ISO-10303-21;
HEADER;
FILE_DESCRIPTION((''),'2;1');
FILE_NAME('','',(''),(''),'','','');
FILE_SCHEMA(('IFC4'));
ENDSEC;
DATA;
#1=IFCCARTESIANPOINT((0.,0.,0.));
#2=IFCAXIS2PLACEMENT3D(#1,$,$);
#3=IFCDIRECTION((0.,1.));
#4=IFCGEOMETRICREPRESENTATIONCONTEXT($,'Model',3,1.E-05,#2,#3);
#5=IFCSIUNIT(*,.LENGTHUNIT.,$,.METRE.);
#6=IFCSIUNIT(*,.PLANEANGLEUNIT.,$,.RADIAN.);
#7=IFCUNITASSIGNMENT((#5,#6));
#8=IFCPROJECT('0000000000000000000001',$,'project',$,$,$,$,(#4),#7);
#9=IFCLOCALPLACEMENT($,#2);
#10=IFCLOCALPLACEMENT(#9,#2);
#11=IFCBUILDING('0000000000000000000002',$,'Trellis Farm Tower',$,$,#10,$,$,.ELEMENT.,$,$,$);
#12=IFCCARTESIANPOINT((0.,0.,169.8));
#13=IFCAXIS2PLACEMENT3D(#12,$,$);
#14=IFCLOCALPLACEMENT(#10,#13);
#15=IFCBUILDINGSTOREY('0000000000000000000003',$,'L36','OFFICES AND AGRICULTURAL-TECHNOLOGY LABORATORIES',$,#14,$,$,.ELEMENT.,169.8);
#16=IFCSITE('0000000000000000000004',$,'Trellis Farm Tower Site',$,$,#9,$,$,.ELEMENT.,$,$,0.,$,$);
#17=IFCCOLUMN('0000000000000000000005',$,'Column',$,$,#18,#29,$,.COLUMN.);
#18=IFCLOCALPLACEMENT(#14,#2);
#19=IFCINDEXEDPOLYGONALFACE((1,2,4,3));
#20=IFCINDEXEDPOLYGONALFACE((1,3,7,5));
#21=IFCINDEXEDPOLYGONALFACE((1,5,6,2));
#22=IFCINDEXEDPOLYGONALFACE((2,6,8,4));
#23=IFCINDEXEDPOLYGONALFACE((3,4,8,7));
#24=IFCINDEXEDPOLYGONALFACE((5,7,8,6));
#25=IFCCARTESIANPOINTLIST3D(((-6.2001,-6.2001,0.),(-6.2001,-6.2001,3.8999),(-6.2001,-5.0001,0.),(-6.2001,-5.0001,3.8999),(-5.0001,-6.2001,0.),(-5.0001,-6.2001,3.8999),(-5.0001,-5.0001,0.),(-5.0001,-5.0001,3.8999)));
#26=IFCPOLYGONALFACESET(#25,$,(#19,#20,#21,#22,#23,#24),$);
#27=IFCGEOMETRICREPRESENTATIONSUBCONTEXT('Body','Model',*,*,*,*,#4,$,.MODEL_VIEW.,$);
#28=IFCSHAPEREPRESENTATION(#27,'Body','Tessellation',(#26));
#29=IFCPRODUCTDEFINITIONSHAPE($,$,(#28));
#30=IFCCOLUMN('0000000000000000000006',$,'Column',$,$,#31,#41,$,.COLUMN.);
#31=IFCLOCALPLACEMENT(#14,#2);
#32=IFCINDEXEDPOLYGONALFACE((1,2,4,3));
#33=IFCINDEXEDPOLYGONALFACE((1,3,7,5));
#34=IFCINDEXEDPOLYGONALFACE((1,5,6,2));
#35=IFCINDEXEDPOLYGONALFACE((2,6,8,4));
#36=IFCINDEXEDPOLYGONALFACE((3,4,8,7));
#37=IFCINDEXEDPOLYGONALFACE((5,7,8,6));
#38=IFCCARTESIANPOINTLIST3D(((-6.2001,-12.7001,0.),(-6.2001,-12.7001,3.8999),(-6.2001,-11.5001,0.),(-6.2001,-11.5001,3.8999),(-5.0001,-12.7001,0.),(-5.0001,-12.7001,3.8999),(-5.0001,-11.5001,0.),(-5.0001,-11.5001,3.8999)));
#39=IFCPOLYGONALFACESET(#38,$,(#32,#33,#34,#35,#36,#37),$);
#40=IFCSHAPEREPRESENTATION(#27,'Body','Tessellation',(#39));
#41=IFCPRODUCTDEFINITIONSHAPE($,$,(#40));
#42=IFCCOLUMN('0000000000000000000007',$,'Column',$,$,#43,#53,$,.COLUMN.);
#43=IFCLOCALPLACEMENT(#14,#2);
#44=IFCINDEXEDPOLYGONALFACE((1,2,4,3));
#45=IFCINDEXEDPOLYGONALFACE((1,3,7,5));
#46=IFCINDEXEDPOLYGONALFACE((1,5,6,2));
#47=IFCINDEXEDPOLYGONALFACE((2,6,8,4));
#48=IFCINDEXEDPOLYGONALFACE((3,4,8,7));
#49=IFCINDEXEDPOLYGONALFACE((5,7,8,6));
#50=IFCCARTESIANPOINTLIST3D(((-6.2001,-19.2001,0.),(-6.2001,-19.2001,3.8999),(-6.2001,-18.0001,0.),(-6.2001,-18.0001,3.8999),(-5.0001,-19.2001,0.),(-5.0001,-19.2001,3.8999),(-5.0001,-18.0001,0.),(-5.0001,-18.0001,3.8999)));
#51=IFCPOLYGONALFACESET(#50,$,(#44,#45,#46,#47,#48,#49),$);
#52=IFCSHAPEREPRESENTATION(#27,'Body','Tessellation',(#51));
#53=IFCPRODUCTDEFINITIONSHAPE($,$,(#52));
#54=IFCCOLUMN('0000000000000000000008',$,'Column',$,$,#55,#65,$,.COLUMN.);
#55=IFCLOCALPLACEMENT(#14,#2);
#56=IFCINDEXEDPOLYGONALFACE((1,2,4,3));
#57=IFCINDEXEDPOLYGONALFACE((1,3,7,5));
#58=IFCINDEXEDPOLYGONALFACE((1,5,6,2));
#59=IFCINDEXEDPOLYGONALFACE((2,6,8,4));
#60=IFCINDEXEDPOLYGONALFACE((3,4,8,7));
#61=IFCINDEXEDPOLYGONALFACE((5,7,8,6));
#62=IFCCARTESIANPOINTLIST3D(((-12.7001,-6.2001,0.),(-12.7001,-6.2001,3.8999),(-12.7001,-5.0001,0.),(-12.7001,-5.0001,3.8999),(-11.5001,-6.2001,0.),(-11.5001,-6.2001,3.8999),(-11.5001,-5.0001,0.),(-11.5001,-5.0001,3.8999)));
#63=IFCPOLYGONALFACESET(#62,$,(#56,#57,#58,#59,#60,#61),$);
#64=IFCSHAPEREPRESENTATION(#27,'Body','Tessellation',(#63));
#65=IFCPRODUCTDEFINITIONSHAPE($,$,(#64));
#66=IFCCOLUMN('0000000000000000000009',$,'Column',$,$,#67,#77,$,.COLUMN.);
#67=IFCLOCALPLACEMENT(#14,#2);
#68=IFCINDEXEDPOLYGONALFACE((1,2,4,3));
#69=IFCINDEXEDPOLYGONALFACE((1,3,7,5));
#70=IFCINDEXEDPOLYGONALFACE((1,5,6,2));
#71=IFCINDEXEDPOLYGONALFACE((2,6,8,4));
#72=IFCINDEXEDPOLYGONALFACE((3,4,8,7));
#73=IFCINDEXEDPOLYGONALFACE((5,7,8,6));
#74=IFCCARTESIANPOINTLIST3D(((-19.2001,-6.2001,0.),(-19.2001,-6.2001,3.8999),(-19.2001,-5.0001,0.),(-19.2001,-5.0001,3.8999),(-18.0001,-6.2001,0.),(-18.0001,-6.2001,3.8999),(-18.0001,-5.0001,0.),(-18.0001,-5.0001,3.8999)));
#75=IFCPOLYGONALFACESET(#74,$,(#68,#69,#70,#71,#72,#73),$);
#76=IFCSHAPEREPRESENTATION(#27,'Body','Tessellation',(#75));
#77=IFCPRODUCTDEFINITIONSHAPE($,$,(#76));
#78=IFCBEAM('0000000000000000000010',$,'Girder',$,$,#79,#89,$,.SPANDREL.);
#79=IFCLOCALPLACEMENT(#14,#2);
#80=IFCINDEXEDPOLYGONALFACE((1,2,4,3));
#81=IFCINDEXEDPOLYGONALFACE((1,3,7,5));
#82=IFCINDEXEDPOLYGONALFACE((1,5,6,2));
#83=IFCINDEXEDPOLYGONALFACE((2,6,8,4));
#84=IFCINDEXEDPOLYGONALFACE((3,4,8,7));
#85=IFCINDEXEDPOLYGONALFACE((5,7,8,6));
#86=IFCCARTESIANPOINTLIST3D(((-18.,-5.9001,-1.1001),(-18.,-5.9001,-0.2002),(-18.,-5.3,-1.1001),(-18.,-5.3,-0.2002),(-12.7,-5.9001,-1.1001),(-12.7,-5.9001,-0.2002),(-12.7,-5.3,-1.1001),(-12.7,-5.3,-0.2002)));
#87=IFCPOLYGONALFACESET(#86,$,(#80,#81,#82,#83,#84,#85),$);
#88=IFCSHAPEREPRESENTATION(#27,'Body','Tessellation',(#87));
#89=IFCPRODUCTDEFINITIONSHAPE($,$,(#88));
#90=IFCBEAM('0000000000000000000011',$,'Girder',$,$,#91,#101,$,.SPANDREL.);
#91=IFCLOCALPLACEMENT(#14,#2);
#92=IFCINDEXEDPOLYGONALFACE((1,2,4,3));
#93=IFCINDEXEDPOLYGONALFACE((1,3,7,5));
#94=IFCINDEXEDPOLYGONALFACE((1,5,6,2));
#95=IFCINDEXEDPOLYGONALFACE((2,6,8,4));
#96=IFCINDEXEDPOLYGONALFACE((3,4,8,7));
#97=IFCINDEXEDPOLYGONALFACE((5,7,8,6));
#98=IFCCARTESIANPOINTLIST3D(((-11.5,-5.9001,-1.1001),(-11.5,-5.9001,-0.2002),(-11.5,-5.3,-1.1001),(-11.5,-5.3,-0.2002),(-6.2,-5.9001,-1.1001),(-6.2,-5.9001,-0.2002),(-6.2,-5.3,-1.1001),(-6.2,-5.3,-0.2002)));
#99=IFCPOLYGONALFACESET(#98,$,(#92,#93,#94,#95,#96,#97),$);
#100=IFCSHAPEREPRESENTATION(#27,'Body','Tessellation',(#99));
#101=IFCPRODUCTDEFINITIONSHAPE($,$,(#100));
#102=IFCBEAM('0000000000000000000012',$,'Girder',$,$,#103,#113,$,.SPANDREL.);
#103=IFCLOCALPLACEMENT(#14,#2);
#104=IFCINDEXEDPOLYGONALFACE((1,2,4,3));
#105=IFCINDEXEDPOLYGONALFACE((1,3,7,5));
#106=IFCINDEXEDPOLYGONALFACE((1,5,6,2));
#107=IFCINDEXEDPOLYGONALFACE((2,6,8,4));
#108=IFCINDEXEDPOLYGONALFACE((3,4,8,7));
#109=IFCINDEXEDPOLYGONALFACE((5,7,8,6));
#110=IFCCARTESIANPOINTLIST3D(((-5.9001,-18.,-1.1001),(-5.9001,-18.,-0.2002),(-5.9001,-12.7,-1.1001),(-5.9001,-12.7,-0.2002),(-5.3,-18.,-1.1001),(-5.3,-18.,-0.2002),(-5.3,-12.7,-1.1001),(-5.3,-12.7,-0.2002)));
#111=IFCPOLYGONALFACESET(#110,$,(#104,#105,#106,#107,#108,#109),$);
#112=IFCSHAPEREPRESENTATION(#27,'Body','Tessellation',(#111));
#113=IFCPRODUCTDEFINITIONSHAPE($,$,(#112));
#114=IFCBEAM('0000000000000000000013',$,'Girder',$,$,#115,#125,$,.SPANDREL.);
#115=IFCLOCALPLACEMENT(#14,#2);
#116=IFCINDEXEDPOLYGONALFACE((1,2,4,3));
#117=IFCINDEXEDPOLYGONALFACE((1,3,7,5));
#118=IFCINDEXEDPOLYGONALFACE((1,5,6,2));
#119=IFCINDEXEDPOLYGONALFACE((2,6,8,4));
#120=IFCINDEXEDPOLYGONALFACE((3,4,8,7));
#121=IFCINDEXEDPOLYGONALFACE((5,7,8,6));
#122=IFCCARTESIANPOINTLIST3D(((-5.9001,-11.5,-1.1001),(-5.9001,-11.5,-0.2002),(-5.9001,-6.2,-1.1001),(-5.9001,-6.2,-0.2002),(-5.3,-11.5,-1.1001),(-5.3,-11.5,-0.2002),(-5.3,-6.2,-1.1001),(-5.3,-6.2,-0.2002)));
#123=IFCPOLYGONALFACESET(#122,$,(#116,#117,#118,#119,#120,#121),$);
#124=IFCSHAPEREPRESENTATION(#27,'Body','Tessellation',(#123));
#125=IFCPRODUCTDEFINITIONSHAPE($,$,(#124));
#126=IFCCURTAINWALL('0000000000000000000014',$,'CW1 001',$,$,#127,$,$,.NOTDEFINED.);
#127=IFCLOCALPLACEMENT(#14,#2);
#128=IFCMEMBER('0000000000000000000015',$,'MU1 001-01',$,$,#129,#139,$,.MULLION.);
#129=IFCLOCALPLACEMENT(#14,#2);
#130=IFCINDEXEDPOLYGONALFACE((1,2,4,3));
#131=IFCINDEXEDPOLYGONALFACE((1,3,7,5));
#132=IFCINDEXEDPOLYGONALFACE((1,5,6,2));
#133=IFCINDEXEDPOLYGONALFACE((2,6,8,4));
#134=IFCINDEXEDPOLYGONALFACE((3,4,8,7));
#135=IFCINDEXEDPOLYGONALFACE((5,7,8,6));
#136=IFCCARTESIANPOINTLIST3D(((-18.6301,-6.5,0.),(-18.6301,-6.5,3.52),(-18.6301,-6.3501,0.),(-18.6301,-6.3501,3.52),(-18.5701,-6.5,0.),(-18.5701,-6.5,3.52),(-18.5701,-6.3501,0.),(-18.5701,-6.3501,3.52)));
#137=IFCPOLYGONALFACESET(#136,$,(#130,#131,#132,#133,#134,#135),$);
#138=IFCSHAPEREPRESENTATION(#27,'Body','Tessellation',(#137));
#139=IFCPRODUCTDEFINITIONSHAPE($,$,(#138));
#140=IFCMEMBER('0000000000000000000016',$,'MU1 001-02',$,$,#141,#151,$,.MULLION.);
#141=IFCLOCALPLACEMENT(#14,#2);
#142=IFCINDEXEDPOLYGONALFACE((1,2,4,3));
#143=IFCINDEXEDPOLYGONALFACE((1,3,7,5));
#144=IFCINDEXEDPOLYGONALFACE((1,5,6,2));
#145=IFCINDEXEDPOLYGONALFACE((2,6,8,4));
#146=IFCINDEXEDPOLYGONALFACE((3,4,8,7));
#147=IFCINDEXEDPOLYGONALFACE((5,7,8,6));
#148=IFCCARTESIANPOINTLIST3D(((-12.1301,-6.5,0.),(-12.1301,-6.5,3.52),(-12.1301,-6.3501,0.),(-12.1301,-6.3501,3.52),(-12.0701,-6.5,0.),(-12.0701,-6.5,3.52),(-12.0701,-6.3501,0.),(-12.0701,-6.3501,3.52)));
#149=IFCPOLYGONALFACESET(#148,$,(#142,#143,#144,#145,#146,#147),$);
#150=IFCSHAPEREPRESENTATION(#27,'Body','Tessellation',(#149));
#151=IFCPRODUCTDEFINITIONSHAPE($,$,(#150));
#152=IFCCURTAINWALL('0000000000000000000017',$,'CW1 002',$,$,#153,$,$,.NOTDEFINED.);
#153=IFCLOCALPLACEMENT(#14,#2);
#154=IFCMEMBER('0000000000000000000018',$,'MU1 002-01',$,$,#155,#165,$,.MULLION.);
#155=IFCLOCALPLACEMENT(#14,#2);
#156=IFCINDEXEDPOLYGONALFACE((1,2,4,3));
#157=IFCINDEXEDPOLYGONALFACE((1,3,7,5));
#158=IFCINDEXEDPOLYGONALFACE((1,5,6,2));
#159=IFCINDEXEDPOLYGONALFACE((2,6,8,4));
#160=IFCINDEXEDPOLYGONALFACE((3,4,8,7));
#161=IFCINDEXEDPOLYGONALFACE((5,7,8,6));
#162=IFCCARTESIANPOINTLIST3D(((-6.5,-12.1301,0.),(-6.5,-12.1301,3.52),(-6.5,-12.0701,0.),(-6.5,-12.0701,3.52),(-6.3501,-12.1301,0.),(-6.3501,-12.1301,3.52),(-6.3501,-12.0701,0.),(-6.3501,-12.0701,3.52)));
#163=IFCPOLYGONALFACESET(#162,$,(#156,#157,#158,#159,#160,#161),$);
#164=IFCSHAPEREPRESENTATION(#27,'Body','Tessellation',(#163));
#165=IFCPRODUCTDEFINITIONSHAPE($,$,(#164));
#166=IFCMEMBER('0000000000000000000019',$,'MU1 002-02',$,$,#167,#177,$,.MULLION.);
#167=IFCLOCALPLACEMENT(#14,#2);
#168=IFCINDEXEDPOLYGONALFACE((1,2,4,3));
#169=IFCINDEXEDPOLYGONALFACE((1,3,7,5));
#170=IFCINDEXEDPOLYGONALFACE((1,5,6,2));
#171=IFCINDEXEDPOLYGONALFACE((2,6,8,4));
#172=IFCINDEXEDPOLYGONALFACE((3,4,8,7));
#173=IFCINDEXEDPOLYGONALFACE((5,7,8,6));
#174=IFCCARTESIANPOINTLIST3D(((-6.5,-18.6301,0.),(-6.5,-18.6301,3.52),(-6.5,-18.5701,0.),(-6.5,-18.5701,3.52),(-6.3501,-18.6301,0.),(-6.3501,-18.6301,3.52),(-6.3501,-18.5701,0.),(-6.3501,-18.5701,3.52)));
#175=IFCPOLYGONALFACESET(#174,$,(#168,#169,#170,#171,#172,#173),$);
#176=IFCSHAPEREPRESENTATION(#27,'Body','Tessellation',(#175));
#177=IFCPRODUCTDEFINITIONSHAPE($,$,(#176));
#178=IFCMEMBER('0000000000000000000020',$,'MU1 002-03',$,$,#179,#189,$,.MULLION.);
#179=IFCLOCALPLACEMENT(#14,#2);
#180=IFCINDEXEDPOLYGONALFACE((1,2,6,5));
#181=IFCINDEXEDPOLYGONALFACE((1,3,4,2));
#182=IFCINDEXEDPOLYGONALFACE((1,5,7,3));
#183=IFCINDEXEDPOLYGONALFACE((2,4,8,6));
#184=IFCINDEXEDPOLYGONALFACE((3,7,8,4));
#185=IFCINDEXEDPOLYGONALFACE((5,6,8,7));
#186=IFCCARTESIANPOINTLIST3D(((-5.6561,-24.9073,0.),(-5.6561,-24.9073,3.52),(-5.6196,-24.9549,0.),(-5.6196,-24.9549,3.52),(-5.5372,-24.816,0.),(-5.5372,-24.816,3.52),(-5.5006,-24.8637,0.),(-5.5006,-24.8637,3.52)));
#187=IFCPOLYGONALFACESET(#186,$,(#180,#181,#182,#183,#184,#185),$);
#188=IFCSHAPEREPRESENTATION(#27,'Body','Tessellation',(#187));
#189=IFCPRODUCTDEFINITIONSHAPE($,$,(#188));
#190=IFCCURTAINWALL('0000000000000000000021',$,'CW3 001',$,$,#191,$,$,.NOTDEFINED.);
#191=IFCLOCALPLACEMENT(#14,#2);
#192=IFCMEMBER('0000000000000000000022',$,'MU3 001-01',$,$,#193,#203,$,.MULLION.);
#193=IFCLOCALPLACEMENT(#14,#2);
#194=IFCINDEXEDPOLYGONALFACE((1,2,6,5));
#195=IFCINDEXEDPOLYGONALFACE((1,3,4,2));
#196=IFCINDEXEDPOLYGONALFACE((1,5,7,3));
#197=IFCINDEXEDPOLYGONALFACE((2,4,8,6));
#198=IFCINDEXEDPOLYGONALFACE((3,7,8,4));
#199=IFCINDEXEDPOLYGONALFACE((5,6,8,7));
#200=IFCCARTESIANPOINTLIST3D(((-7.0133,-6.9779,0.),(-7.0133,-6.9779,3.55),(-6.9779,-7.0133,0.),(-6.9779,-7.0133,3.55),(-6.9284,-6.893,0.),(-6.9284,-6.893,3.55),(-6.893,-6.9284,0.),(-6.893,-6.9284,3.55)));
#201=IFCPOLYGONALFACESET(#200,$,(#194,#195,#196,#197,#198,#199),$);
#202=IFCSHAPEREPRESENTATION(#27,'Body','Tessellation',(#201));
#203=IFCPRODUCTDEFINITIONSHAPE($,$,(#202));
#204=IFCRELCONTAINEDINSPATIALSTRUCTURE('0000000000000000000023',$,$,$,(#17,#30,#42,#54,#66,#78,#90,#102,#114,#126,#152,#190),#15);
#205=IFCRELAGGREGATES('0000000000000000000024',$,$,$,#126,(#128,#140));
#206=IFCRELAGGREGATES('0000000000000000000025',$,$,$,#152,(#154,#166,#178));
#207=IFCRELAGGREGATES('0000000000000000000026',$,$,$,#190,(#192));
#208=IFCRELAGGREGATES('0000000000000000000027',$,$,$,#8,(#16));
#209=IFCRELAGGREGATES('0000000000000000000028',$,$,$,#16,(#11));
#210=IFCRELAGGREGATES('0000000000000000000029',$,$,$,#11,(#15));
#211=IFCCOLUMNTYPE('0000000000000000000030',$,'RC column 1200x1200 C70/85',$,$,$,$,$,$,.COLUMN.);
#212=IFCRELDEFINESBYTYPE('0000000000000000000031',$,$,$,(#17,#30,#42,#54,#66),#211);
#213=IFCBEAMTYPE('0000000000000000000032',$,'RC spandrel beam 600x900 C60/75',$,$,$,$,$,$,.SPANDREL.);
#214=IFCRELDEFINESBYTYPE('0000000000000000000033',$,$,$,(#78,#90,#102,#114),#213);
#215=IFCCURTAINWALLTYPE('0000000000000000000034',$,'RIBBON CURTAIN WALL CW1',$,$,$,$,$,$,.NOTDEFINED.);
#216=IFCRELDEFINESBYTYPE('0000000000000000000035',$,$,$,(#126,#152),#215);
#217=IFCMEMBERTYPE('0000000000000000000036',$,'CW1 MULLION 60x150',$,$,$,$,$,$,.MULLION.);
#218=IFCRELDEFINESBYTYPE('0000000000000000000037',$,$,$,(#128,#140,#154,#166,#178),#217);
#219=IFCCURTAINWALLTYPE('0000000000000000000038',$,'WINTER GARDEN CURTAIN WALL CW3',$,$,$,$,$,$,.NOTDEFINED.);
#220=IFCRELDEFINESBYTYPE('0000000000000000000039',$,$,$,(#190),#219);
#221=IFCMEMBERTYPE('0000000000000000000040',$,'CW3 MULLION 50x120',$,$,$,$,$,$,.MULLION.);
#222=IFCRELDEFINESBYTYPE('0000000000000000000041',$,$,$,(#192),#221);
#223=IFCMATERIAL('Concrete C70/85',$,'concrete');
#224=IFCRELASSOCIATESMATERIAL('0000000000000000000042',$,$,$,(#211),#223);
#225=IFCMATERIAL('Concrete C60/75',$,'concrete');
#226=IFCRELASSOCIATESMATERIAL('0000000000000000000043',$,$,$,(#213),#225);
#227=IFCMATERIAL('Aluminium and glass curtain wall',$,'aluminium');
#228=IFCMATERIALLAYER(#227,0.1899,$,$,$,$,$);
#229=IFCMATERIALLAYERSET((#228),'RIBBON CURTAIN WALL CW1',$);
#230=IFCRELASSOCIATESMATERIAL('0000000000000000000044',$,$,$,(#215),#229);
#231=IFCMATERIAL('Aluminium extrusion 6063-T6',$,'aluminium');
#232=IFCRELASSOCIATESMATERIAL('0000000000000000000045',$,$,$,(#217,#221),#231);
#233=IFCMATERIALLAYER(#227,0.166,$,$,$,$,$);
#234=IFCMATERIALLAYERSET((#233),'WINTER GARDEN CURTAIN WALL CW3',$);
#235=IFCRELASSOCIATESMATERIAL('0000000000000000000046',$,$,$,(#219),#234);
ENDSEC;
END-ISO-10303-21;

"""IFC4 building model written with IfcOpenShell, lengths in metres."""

from ifc_helpers import new_model, si_unit, direction, frame, origin, origin_2d, place, context, subcontext, project, spatial, rectangle, extrude, source, transform, mapped, material, layer, layer_set, material_profile, profile_set, type_object, element, aggregate, save


model = new_model("IFC4")

# Units and contexts
model_context = context("Model", 3, precision=1e-05, world=origin(), true_north=direction((0.0, 1.0)))
body_context = subcontext(model_context, "Body", "Model", "MODEL_VIEW")
ifc_project = project(units=[si_unit("LENGTHUNIT", "METRE"), si_unit("PLANEANGLEUNIT", "RADIAN")], contexts=[model_context])

# Site, building, storey
site_placement = place(None, origin())
site = spatial("IfcSite", under=ifc_project, at=site_placement, Name="Trellis Farm Tower Site", CompositionType="ELEMENT", RefElevation=0.0)
building_placement = place(site_placement, origin())
building = spatial("IfcBuilding", under=site, at=building_placement, Name="Trellis Farm Tower", CompositionType="ELEMENT")
storey_placement = place(building_placement, frame((0.0, 0.0, 169.8)))
storey = spatial("IfcBuildingStorey", under=building, at=storey_placement, Name="L36", Description="OFFICES AND AGRICULTURAL-TECHNOLOGY LABORATORIES", CompositionType="ELEMENT", Elevation=169.8)

# Columns
ifc_material_1 = material(Name="Concrete C70/85", Category="concrete")
ifc_material_profile_1 = material_profile(ifc_material_1, rectangle(XDim=1.2, YDim=1.2, at=origin_2d()), Name="RC column 1200x1200 C70/85")
ifc_profile_set_1 = profile_set([ifc_material_profile_1], Name="Concrete C70/85")
column_type = type_object("IfcColumnType", Name="RC column 1200x1200 C70/85", PredefinedType="COLUMN", material=ifc_profile_set_1)
shared_shape_1 = source(origin(), body_context, "Body", "SweptSolid", [
    extrude(rectangle(XDim=1.2, YDim=1.2, at=origin_2d()), origin(), (0.0, 0.0, 1.0), 3.8999),
])
for number, where, z_axis, x_axis, name in (
    (1, (-5.6001, -5.6001, 0.0), (0.0, 0.0, 1.0), (1.0, 0.0, 0.0), "Column"),
    (2, (-5.6001, -12.1001, 0.0), (0.0, 0.0, 1.0), (1.0, 0.0, 0.0), "Column"),
    (3, (-5.6001, -18.6001, 0.0), (0.0, 0.0, 1.0), (1.0, 0.0, 0.0), "Column"),
    (4, (-12.1001, -5.6001, 0.0), (0.0, 0.0, 1.0), (1.0, 0.0, 0.0), "Column"),
    (5, (-18.6001, -5.6001, 0.0), (0.0, 0.0, 1.0), (1.0, 0.0, 0.0), "Column"),
):
    element("IfcColumn", number, at=place(storey_placement, frame(where, z_axis=z_axis, x_axis=x_axis)), inside=storey, type_object=column_type, Name=name, PredefinedType="COLUMN", context=body_context, shape_type="MappedRepresentation", body=[
        mapped(shared_shape_1, transform((0.0, 0.0, 0.0))),
    ])

# Beams
ifc_material_2 = material(Name="Concrete C60/75", Category="concrete")
ifc_material_profile_2 = material_profile(ifc_material_2, rectangle(XDim=0.6001, YDim=0.8999, at=origin_2d()), Name="RC spandrel beam 600x900 C60/75")
ifc_profile_set_2 = profile_set([ifc_material_profile_2], Name="Concrete C60/75")
beam_type = type_object("IfcBeamType", Name="RC spandrel beam 600x900 C60/75", PredefinedType="SPANDREL", material=ifc_profile_set_2)
shared_shape_2 = source(origin(), body_context, "Body", "SweptSolid", [
    extrude(rectangle(XDim=0.6001, YDim=0.8999, at=origin_2d()), origin(), (0.0, 0.0, 1.0), 5.3),
])
for number, where, z_axis, x_axis, name in (
    (6, (-18.0, -5.6001, -0.6501), (1.0, 0.0, 0.0), (0.0, 1.0, 0.0), "Girder"),
    (7, (-11.5, -5.6001, -0.6501), (1.0, 0.0, 0.0), (0.0, 1.0, 0.0), "Girder"),
    (8, (-5.6001, -18.0, -0.6501), (0.0, 1.0, 0.0), (-1.0, 0.0, 0.0), "Girder"),
    (9, (-5.6001, -11.5, -0.6501), (0.0, 1.0, 0.0), (-1.0, 0.0, 0.0), "Girder"),
):
    element("IfcBeam", number, at=place(storey_placement, frame(where, z_axis=z_axis, x_axis=x_axis)), inside=storey, type_object=beam_type, Name=name, PredefinedType="SPANDREL", context=body_context, shape_type="MappedRepresentation", body=[
        mapped(shared_shape_2, transform((0.0, 0.0, 0.0))),
    ])

# Curtain walls, members
ifc_material_3 = material(Name="Aluminium and glass curtain wall", Category="aluminium")
ifc_layer_1 = layer(ifc_material_3, 0.1899)
ifc_layer_set_1 = layer_set([ifc_layer_1], Name="RIBBON CURTAIN WALL CW1")
curtain_wall_type_1 = type_object("IfcCurtainWallType", Name="RIBBON CURTAIN WALL CW1", PredefinedType="NOTDEFINED", material=ifc_layer_set_1)
placement = place(storey_placement, origin())
curtain_wall_1 = element("IfcCurtainWall", 10, at=placement, inside=storey, type_object=curtain_wall_type_1, Name="CW1 001", PredefinedType="NOTDEFINED")
ifc_material_4 = material(Name="Aluminium extrusion 6063-T6", Category="aluminium")
ifc_material_profile_3 = material_profile(ifc_material_4, rectangle(XDim=0.0601, YDim=0.1499, at=origin_2d()), Name="MULLION 60x150")
ifc_profile_set_3 = profile_set([ifc_material_profile_3], Name="Aluminium extrusion 6063-T6")
member_type_1 = type_object("IfcMemberType", Name="CW1 MULLION 60x150", PredefinedType="MULLION", material=ifc_profile_set_3)
shared_shape_3 = source(origin(), body_context, "Body", "SweptSolid", [
    extrude(rectangle(XDim=0.0601, YDim=0.1499, at=origin_2d()), origin(), (0.0, 0.0, 1.0), 3.52),
])
member_1_placement = place(storey_placement, frame((-18.6001, -6.425, 0.0), z_axis=(0.0, 0.0, 1.0), x_axis=(1.0, 0.0, 0.0)))
member_1 = element("IfcMember", 11, at=member_1_placement, type_object=member_type_1, Name="MU1 001-01", PredefinedType="MULLION", context=body_context, shape_type="MappedRepresentation", body=[
    mapped(shared_shape_3, transform((0.0, 0.0, 0.0))),
])
member_2_placement = place(storey_placement, frame((-12.1001, -6.425, 0.0), z_axis=(0.0, 0.0, 1.0), x_axis=(1.0, 0.0, 0.0)))
member_2 = element("IfcMember", 12, at=member_2_placement, type_object=member_type_1, Name="MU1 001-02", PredefinedType="MULLION", context=body_context, shape_type="MappedRepresentation", body=[
    mapped(shared_shape_3, transform((0.0, 0.0, 0.0))),
])
aggregate(curtain_wall_1, [member_1, member_2])
curtain_wall_2 = element("IfcCurtainWall", 13, at=placement, inside=storey, type_object=curtain_wall_type_1, Name="CW1 002", PredefinedType="NOTDEFINED")
member_3_placement = place(storey_placement, frame((-6.425, -12.1001, 0.0), z_axis=(0.0, 0.0, 1.0), x_axis=(0.0, -1.0, 0.0)))
member_3 = element("IfcMember", 14, at=member_3_placement, type_object=member_type_1, Name="MU1 002-01", PredefinedType="MULLION", context=body_context, shape_type="MappedRepresentation", body=[
    mapped(shared_shape_3, transform((0.0, 0.0, 0.0))),
])
member_4_placement = place(storey_placement, frame((-6.425, -18.6001, 0.0), z_axis=(0.0, 0.0, 1.0), x_axis=(0.0, -1.0, 0.0)))
member_4 = element("IfcMember", 15, at=member_4_placement, type_object=member_type_1, Name="MU1 002-02", PredefinedType="MULLION", context=body_context, shape_type="MappedRepresentation", body=[
    mapped(shared_shape_3, transform((0.0, 0.0, 0.0))),
])
member_5_placement = place(storey_placement, frame((-5.5784, -24.8855, 0.0), z_axis=(0.0, 0.0, 1.0), x_axis=(0.608761, -0.793353, 0.0)))
member_5 = element("IfcMember", 16, at=member_5_placement, type_object=member_type_1, Name="MU1 002-03", PredefinedType="MULLION", context=body_context, shape_type="MappedRepresentation", body=[
    mapped(shared_shape_3, transform((0.0, 0.0, 0.0))),
])
aggregate(curtain_wall_2, [member_3, member_4, member_5])

# Curtain wall, member
ifc_layer_2 = layer(ifc_material_3, 0.166)
ifc_layer_set_2 = layer_set([ifc_layer_2], Name="WINTER GARDEN CURTAIN WALL CW3")
curtain_wall_type_2 = type_object("IfcCurtainWallType", Name="WINTER GARDEN CURTAIN WALL CW3", PredefinedType="NOTDEFINED", material=ifc_layer_set_2)
curtain_wall_3 = element("IfcCurtainWall", 17, at=placement, inside=storey, type_object=curtain_wall_type_2, Name="CW3 001", PredefinedType="NOTDEFINED")
ifc_material_profile_4 = material_profile(ifc_material_4, rectangle(XDim=0.05, YDim=0.1201, at=origin_2d()), Name="MULLION 50x120")
ifc_profile_set_4 = profile_set([ifc_material_profile_4], Name="Aluminium extrusion 6063-T6")
member_type_2 = type_object("IfcMemberType", Name="CW3 MULLION 50x120", PredefinedType="MULLION", material=ifc_profile_set_4)
shared_shape_4 = source(origin(), body_context, "Body", "SweptSolid", [
    extrude(rectangle(XDim=0.05, YDim=0.1201, at=origin_2d()), origin(), (0.0, 0.0, 1.0), 3.55),
])
member_6_placement = place(storey_placement, frame((-6.9531, -6.9531, 0.0), z_axis=(0.0, 0.0, 1.0), x_axis=(0.707107, -0.707107, 0.0)))
member_6 = element("IfcMember", 18, at=member_6_placement, type_object=member_type_2, Name="MU3 001-01", PredefinedType="MULLION", context=body_context, shape_type="MappedRepresentation", body=[
    mapped(shared_shape_4, transform((0.0, 0.0, 0.0))),
])
aggregate(curtain_wall_3, [member_6])

save(model, "model.ifc")
